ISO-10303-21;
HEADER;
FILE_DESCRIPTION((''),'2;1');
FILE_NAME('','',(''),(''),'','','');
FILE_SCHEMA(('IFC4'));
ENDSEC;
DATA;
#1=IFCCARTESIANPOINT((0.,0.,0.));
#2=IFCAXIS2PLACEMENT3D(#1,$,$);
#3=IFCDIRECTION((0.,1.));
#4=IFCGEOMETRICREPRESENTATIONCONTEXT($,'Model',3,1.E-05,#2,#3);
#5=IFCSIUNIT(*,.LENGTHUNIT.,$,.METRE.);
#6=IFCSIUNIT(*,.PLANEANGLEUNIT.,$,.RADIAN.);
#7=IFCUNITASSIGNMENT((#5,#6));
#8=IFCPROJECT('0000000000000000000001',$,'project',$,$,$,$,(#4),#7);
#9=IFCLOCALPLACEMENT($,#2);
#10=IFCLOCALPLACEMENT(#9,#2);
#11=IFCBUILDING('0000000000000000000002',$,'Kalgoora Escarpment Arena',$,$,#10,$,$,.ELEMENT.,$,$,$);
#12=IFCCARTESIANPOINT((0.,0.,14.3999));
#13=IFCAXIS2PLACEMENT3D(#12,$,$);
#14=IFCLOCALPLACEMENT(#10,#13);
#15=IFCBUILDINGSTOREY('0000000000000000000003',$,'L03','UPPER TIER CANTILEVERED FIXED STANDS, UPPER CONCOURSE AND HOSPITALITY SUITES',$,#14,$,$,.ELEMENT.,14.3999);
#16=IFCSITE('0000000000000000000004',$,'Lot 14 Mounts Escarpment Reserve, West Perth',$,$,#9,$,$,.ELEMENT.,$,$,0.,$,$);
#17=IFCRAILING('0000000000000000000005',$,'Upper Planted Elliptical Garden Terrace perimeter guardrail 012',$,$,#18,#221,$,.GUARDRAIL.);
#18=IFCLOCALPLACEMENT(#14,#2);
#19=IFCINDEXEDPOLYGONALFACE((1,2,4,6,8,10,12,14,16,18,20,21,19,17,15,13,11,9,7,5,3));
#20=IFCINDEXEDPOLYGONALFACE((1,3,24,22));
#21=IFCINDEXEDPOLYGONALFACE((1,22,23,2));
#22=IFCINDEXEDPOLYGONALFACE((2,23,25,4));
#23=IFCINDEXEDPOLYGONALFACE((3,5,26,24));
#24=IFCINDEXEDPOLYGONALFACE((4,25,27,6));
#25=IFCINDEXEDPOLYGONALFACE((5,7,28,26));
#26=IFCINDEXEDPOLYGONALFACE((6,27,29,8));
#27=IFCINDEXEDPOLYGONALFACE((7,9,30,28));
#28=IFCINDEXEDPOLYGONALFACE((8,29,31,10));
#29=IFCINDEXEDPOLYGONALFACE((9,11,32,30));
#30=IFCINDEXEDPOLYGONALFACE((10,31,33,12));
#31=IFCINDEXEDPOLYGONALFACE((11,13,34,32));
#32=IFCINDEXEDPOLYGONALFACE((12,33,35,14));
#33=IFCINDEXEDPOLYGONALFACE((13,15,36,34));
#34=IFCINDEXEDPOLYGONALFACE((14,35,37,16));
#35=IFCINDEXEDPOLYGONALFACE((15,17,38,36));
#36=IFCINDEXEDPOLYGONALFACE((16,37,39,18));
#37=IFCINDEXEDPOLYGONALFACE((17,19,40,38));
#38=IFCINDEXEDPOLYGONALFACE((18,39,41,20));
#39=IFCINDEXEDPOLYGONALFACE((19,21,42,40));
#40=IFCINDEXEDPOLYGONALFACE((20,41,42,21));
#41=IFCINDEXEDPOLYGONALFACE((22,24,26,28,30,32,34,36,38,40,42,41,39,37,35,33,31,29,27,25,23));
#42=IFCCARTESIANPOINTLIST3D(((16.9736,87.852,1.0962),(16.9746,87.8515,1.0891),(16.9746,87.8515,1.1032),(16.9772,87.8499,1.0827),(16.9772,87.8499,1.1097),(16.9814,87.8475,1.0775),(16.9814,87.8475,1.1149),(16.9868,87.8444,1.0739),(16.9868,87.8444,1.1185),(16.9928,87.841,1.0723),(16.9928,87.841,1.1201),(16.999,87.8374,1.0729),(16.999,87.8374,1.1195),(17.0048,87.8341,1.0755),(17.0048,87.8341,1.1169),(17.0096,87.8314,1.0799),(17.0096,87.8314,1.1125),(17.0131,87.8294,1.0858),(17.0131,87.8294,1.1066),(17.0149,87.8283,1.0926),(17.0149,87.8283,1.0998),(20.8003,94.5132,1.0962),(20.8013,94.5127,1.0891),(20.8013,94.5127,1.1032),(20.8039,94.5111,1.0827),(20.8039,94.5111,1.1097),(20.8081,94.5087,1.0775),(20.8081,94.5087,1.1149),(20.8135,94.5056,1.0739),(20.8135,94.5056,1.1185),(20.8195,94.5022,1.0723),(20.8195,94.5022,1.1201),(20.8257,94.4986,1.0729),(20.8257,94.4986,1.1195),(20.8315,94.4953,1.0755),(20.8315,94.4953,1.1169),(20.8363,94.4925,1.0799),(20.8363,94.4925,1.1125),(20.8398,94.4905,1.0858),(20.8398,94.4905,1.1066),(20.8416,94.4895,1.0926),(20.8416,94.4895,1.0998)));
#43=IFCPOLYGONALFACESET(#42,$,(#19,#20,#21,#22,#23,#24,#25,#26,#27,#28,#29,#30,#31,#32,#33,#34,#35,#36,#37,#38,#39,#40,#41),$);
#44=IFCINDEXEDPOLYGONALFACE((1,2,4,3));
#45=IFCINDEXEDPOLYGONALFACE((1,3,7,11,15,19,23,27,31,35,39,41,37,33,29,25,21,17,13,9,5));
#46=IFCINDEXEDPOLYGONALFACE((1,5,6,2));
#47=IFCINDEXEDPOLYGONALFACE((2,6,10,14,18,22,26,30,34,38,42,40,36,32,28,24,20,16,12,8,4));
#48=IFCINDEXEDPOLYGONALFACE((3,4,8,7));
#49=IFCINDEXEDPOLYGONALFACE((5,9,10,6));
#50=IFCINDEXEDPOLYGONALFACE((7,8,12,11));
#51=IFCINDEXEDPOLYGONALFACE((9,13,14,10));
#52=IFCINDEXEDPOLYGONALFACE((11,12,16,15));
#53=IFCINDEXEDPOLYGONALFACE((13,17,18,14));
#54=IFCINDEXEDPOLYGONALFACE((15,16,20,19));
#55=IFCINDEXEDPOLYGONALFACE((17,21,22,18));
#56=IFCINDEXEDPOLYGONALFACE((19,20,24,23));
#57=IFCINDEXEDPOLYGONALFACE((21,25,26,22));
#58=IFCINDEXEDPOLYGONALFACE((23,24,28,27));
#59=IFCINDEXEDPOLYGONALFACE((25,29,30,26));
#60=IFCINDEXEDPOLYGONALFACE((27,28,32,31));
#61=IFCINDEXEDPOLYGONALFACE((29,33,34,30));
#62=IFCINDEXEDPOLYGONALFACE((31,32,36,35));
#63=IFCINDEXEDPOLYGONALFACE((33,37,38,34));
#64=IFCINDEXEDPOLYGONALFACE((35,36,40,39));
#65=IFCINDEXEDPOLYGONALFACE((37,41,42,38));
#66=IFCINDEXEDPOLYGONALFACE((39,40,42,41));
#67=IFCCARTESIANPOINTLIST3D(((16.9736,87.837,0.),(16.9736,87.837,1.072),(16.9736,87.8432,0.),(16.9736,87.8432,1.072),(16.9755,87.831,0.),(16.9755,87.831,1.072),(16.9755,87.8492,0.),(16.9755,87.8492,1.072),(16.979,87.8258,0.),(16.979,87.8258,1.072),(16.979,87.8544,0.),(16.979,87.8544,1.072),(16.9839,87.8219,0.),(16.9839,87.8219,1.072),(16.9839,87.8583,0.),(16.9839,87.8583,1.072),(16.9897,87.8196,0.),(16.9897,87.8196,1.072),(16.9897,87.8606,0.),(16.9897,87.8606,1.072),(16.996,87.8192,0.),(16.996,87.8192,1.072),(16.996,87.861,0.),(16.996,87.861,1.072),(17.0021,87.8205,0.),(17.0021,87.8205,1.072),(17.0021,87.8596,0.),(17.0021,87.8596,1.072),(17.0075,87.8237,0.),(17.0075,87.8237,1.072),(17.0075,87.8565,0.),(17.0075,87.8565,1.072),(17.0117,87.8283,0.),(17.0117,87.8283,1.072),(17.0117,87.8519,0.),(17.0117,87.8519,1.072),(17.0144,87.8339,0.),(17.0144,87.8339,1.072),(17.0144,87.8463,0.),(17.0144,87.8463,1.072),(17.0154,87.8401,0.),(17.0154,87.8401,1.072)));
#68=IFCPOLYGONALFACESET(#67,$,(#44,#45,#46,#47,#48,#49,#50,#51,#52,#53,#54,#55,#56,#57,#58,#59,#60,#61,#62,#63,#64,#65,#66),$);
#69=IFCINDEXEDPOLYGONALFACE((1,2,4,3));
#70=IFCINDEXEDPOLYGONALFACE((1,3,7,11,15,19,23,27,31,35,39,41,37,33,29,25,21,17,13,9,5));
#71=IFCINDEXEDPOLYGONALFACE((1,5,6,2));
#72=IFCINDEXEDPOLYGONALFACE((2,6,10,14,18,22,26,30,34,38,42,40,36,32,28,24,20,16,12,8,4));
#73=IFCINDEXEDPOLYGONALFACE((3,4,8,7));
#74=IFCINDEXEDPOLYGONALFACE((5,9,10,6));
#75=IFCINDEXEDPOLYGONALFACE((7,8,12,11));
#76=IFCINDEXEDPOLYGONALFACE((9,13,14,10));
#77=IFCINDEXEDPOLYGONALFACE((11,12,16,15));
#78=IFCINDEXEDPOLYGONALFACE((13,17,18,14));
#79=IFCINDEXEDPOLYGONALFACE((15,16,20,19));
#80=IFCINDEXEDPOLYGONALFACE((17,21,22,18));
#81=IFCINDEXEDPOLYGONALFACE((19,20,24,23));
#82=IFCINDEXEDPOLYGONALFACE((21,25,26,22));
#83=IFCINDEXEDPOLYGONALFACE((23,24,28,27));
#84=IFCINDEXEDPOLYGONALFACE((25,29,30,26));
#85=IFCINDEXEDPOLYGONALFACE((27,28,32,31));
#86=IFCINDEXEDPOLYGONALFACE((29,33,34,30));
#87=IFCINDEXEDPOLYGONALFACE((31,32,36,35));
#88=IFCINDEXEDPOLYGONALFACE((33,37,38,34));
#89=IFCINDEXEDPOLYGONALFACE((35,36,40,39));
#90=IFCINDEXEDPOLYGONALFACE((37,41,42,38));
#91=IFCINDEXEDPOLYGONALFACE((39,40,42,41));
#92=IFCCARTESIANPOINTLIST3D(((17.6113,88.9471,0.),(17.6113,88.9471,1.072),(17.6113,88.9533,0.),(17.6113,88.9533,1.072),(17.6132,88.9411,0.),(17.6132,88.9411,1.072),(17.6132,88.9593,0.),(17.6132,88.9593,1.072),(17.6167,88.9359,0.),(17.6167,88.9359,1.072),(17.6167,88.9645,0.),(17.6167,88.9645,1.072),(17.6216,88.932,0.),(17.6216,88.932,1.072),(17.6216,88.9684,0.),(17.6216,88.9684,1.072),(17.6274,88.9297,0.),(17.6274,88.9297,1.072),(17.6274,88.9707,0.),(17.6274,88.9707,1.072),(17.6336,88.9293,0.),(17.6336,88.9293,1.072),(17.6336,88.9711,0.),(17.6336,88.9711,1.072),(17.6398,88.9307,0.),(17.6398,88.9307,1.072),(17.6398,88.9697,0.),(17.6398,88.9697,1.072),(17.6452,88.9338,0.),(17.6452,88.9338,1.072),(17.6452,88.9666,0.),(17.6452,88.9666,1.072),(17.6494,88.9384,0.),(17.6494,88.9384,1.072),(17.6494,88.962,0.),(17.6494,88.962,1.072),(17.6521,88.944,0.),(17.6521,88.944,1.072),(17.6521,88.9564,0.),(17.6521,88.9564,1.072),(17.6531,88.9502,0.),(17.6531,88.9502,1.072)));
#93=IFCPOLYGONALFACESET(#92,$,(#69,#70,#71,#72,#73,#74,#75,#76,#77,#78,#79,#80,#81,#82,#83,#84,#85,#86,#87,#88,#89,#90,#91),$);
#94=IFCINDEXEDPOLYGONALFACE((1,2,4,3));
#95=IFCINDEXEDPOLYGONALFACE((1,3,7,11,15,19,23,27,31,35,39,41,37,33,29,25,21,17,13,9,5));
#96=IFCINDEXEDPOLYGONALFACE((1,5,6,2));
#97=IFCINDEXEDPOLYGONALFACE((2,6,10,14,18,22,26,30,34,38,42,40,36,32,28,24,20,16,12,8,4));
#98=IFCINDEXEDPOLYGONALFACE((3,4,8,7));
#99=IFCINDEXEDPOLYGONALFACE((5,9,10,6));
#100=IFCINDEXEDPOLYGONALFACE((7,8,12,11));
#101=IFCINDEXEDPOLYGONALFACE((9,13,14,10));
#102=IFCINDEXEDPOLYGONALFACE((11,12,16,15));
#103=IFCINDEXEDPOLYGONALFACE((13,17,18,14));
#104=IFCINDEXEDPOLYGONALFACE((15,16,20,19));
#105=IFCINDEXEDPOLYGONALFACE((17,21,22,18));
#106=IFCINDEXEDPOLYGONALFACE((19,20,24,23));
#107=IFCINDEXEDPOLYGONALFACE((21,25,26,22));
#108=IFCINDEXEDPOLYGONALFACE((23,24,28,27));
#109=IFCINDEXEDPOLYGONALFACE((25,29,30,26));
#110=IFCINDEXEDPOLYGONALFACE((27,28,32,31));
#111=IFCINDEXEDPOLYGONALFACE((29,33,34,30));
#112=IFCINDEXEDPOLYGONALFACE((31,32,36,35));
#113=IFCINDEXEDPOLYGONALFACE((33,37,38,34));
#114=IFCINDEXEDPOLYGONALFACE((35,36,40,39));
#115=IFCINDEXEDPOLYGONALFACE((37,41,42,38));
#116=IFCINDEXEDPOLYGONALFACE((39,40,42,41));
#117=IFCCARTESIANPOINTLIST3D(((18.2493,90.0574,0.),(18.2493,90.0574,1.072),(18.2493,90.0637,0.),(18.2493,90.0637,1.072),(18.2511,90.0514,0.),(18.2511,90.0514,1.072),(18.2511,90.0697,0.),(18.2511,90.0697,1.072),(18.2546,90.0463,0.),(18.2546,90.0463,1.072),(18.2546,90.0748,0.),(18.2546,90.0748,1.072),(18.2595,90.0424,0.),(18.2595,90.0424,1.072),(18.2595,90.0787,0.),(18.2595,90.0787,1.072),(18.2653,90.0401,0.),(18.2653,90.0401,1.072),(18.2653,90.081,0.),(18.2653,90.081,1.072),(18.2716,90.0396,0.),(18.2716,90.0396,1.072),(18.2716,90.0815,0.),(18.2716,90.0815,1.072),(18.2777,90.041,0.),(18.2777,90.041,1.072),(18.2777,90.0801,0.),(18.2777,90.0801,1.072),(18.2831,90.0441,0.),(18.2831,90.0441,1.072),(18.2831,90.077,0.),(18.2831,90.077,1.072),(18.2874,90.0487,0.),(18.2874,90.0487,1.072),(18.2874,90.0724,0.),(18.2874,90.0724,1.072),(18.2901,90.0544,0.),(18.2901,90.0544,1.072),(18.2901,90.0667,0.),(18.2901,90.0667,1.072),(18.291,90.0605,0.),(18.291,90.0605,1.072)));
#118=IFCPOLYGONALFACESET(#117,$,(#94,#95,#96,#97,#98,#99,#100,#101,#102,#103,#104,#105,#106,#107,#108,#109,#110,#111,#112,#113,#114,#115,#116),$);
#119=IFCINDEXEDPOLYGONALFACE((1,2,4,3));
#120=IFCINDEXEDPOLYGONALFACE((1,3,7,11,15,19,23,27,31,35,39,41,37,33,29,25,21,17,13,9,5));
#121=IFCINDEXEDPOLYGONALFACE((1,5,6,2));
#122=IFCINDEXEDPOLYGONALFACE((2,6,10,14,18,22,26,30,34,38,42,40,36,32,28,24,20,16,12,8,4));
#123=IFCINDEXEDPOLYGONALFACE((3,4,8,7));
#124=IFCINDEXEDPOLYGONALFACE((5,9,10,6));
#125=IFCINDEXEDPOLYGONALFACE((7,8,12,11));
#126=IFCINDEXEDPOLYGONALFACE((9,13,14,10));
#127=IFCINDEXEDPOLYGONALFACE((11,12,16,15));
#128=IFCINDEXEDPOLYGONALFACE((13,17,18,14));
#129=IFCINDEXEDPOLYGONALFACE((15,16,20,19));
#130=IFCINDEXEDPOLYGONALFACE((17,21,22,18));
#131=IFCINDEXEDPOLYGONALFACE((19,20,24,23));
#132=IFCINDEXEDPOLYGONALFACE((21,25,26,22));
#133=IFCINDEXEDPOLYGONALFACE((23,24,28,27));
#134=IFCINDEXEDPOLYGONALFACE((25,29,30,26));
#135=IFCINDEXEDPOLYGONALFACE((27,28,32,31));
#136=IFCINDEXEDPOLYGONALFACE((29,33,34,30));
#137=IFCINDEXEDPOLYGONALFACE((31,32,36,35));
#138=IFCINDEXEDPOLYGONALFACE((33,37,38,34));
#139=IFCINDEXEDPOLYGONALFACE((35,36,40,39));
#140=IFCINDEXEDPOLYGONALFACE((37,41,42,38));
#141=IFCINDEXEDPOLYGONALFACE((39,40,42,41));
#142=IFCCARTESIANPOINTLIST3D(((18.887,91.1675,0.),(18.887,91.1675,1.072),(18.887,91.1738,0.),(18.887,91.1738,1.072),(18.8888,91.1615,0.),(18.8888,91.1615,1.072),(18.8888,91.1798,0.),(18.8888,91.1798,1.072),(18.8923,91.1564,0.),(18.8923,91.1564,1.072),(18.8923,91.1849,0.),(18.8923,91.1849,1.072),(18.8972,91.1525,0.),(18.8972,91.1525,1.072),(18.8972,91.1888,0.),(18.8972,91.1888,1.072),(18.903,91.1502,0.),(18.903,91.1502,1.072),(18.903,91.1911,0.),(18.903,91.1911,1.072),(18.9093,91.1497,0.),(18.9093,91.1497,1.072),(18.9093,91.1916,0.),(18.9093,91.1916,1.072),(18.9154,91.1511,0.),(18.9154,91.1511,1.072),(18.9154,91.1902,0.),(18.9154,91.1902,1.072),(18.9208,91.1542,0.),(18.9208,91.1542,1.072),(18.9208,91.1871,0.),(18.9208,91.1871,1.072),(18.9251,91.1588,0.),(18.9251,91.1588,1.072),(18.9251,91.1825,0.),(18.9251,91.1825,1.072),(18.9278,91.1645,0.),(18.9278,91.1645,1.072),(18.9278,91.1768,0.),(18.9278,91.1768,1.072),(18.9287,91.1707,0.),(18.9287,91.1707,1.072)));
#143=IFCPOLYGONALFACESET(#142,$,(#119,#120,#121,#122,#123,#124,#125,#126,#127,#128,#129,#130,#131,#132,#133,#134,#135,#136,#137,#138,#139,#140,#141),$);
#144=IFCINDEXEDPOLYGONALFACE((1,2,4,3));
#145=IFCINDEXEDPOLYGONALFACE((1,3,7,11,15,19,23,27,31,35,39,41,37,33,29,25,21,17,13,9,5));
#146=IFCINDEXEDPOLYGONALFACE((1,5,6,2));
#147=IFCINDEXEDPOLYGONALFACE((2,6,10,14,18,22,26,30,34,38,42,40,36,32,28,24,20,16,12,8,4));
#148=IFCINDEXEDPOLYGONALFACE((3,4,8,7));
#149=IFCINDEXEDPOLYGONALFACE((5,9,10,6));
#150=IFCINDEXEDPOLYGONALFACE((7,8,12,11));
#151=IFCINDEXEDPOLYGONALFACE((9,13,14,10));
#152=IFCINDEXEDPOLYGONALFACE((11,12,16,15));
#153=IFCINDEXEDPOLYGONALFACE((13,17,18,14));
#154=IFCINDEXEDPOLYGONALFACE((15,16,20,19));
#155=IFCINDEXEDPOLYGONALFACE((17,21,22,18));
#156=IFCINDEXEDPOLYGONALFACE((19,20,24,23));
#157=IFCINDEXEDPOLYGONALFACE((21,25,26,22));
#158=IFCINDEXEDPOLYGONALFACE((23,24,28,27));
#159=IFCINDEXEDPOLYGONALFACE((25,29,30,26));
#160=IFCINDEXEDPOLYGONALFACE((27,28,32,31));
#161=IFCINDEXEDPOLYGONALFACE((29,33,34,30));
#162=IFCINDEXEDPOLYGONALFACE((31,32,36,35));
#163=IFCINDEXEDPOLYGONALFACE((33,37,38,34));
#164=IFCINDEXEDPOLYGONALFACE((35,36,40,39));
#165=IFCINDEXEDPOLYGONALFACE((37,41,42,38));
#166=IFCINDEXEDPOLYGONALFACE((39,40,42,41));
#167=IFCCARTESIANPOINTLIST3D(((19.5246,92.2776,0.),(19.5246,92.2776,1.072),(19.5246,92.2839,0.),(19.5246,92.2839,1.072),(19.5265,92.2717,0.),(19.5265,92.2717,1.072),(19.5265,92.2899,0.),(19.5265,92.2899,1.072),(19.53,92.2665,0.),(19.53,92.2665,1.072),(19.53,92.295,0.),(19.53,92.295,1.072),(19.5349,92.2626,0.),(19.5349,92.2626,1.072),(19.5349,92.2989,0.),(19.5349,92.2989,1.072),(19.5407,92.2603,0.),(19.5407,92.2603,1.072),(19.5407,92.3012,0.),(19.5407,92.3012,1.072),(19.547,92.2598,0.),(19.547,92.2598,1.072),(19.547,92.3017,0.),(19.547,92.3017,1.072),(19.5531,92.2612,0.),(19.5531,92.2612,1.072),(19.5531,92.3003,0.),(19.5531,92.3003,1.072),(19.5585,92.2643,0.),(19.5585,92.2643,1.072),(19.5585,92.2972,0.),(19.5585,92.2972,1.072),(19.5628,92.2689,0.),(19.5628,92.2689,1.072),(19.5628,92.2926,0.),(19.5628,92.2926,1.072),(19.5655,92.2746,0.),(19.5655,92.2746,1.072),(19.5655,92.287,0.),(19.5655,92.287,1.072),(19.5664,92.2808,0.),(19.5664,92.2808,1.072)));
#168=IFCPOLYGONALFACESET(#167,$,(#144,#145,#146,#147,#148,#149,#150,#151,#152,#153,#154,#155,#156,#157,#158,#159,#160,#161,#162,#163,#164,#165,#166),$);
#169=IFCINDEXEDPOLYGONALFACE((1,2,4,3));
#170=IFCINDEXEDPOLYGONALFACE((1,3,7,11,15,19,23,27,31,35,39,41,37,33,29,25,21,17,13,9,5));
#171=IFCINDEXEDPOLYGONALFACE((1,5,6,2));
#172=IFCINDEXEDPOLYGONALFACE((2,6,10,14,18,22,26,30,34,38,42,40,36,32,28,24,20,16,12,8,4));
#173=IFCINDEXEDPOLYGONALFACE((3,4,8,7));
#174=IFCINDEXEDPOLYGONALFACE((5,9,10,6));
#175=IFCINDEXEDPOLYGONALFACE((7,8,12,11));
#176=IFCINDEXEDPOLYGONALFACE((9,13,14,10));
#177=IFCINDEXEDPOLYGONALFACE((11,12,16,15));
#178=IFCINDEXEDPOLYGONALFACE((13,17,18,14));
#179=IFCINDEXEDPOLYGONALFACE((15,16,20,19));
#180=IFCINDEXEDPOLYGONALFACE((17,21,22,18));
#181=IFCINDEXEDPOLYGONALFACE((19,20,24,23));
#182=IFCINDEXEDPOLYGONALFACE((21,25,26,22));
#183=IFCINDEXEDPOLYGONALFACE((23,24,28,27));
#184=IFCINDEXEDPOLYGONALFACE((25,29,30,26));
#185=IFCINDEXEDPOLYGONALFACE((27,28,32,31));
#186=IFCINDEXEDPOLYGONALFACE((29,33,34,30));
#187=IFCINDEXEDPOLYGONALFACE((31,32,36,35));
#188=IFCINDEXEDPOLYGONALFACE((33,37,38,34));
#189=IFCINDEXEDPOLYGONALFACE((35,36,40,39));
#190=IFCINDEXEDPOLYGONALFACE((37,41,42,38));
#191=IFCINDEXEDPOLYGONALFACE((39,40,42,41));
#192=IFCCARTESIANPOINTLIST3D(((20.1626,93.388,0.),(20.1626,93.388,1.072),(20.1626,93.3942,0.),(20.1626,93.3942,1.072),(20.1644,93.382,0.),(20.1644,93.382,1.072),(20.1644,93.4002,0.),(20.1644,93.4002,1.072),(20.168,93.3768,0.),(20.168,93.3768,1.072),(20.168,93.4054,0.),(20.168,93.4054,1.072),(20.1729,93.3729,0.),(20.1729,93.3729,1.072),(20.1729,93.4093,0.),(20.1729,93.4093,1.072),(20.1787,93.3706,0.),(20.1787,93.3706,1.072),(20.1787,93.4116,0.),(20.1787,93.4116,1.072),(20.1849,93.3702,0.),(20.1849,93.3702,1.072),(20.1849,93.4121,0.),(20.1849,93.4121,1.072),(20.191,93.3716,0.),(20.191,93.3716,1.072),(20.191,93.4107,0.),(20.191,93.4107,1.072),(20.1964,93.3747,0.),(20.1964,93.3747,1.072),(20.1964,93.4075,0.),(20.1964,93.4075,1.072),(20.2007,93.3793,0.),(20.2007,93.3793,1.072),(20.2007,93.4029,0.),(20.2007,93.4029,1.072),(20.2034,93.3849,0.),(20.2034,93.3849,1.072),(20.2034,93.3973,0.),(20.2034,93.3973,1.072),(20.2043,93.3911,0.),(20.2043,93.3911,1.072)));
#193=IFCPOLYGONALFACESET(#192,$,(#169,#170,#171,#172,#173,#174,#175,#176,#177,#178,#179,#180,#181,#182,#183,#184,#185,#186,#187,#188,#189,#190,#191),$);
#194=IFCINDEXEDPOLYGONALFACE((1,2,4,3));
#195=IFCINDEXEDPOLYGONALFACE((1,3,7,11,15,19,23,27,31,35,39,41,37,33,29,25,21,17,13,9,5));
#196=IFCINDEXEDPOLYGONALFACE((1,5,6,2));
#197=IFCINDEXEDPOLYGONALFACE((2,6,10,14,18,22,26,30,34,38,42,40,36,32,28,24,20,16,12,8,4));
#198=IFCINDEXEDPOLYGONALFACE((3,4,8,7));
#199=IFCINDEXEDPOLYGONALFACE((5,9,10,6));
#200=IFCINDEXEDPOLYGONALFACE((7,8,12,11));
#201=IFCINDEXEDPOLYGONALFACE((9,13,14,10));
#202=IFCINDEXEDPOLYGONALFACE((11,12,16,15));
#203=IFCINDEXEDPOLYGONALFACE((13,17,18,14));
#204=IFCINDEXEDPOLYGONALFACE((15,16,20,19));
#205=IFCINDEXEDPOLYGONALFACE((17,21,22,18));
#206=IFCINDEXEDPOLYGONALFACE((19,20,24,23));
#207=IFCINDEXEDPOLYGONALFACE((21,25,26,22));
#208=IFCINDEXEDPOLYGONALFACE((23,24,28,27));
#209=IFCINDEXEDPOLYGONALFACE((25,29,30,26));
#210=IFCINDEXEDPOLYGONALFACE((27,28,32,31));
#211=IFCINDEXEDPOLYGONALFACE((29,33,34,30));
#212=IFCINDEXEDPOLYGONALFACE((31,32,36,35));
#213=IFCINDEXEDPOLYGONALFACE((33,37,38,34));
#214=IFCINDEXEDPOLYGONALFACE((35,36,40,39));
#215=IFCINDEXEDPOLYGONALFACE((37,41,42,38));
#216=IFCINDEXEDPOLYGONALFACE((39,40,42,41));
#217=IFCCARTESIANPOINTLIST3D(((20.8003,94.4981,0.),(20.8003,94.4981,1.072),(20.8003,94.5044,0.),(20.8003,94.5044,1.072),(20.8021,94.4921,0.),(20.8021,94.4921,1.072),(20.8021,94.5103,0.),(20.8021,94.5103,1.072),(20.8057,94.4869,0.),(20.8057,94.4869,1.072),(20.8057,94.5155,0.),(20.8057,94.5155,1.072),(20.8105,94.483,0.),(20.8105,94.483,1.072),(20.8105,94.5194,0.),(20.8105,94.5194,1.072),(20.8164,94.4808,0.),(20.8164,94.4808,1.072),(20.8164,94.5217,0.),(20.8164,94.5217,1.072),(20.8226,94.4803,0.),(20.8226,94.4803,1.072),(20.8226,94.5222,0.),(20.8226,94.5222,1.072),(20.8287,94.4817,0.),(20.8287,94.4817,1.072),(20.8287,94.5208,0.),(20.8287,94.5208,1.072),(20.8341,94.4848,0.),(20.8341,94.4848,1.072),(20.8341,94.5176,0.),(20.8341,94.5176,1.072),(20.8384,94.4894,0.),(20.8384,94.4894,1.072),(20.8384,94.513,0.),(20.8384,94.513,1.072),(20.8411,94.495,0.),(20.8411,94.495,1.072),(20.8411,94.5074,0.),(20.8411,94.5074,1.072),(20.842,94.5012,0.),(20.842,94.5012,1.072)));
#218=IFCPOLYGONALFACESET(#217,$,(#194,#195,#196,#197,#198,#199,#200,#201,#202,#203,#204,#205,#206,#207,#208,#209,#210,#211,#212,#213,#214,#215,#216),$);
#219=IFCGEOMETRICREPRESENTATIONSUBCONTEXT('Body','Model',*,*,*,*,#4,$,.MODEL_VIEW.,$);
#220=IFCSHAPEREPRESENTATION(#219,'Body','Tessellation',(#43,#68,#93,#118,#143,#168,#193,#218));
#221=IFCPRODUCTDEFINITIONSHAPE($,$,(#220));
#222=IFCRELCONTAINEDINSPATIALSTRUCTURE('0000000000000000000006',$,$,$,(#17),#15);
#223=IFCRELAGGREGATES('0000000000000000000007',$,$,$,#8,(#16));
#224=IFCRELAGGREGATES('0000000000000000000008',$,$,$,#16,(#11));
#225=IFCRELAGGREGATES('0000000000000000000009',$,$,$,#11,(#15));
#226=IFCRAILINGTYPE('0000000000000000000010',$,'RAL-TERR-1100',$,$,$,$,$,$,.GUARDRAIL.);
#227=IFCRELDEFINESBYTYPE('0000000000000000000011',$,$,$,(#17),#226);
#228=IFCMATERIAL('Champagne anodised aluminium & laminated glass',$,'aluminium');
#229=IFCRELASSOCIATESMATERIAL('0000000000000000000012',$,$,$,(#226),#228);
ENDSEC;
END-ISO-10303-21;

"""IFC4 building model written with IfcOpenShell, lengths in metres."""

from ifc_helpers import new_model, si_unit, direction, frame, origin, origin_2d, place, context, subcontext, project, spatial, circle, extrude, material, type_object, element, save


model = new_model("IFC4")

# Units and contexts
model_context = context("Model", 3, precision=1e-05, world=origin(), true_north=direction((0.0, 1.0)))
body_context = subcontext(model_context, "Body", "Model", "MODEL_VIEW")
ifc_project = project(units=[si_unit("LENGTHUNIT", "METRE"), si_unit("PLANEANGLEUNIT", "RADIAN")], contexts=[model_context])

# Site, building, storey
site_placement = place(None, origin())
site = spatial("IfcSite", under=ifc_project, at=site_placement, Name="Lot 14 Mounts Escarpment Reserve, West Perth", CompositionType="ELEMENT", RefElevation=0.0)
building_placement = place(site_placement, origin())
building = spatial("IfcBuilding", under=site, at=building_placement, Name="Kalgoora Escarpment Arena", CompositionType="ELEMENT")
storey_placement = place(building_placement, frame((0.0, 0.0, 14.3999)))
storey = spatial("IfcBuildingStorey", under=building, at=storey_placement, Name="L03", Description="UPPER TIER CANTILEVERED FIXED STANDS, UPPER CONCOURSE AND HOSPITALITY SUITES", CompositionType="ELEMENT", Elevation=14.3999)

# Railing
ifc_material_1 = material(Name="Champagne anodised aluminium & laminated glass", Category="aluminium")
railing_type = type_object("IfcRailingType", Name="RAL-TERR-1100", PredefinedType="GUARDRAIL", material=ifc_material_1)
railing_1_placement = place(storey_placement, frame((16.9944, 87.8401, 0.0)))
element("IfcRailing", 1, at=railing_1_placement, inside=storey, type_object=railing_type, Name="Upper Planted Elliptical Garden Terrace perimeter guardrail 012", PredefinedType="GUARDRAIL", context=body_context, shape_type="SweptSolid", body=[
    extrude(circle(Radius=0.0239, at=origin_2d()), frame((0.0, 0.0, 1.0962), z_axis=(0.49813, 0.867103, 0.0), x_axis=(-0.867103, 0.49813, 0.0)), (0.0, 0.0, 1.0), 7.6821),
    extrude(circle(Radius=0.021, at=origin_2d()), origin(), (0.0, 0.0, 1.0), 1.072),
    extrude(circle(Radius=0.021, at=origin_2d()), frame((0.6377, 1.1101, 0.0)), (0.0, 0.0, 1.0), 1.072),
    extrude(circle(Radius=0.021, at=origin_2d()), frame((1.2756, 2.2205, 0.0)), (0.0, 0.0, 1.0), 1.072),
    extrude(circle(Radius=0.021, at=origin_2d()), frame((1.9133, 3.3306, 0.0)), (0.0, 0.0, 1.0), 1.072),
    extrude(circle(Radius=0.021, at=origin_2d()), frame((2.551, 4.4407, 0.0)), (0.0, 0.0, 1.0), 1.072),
    extrude(circle(Radius=0.021, at=origin_2d()), frame((3.189, 5.551, 0.0)), (0.0, 0.0, 1.0), 1.072),
    extrude(circle(Radius=0.021, at=origin_2d()), frame((3.8267, 6.6611, 0.0)), (0.0, 0.0, 1.0), 1.072),
])

save(model, "model.ifc")
